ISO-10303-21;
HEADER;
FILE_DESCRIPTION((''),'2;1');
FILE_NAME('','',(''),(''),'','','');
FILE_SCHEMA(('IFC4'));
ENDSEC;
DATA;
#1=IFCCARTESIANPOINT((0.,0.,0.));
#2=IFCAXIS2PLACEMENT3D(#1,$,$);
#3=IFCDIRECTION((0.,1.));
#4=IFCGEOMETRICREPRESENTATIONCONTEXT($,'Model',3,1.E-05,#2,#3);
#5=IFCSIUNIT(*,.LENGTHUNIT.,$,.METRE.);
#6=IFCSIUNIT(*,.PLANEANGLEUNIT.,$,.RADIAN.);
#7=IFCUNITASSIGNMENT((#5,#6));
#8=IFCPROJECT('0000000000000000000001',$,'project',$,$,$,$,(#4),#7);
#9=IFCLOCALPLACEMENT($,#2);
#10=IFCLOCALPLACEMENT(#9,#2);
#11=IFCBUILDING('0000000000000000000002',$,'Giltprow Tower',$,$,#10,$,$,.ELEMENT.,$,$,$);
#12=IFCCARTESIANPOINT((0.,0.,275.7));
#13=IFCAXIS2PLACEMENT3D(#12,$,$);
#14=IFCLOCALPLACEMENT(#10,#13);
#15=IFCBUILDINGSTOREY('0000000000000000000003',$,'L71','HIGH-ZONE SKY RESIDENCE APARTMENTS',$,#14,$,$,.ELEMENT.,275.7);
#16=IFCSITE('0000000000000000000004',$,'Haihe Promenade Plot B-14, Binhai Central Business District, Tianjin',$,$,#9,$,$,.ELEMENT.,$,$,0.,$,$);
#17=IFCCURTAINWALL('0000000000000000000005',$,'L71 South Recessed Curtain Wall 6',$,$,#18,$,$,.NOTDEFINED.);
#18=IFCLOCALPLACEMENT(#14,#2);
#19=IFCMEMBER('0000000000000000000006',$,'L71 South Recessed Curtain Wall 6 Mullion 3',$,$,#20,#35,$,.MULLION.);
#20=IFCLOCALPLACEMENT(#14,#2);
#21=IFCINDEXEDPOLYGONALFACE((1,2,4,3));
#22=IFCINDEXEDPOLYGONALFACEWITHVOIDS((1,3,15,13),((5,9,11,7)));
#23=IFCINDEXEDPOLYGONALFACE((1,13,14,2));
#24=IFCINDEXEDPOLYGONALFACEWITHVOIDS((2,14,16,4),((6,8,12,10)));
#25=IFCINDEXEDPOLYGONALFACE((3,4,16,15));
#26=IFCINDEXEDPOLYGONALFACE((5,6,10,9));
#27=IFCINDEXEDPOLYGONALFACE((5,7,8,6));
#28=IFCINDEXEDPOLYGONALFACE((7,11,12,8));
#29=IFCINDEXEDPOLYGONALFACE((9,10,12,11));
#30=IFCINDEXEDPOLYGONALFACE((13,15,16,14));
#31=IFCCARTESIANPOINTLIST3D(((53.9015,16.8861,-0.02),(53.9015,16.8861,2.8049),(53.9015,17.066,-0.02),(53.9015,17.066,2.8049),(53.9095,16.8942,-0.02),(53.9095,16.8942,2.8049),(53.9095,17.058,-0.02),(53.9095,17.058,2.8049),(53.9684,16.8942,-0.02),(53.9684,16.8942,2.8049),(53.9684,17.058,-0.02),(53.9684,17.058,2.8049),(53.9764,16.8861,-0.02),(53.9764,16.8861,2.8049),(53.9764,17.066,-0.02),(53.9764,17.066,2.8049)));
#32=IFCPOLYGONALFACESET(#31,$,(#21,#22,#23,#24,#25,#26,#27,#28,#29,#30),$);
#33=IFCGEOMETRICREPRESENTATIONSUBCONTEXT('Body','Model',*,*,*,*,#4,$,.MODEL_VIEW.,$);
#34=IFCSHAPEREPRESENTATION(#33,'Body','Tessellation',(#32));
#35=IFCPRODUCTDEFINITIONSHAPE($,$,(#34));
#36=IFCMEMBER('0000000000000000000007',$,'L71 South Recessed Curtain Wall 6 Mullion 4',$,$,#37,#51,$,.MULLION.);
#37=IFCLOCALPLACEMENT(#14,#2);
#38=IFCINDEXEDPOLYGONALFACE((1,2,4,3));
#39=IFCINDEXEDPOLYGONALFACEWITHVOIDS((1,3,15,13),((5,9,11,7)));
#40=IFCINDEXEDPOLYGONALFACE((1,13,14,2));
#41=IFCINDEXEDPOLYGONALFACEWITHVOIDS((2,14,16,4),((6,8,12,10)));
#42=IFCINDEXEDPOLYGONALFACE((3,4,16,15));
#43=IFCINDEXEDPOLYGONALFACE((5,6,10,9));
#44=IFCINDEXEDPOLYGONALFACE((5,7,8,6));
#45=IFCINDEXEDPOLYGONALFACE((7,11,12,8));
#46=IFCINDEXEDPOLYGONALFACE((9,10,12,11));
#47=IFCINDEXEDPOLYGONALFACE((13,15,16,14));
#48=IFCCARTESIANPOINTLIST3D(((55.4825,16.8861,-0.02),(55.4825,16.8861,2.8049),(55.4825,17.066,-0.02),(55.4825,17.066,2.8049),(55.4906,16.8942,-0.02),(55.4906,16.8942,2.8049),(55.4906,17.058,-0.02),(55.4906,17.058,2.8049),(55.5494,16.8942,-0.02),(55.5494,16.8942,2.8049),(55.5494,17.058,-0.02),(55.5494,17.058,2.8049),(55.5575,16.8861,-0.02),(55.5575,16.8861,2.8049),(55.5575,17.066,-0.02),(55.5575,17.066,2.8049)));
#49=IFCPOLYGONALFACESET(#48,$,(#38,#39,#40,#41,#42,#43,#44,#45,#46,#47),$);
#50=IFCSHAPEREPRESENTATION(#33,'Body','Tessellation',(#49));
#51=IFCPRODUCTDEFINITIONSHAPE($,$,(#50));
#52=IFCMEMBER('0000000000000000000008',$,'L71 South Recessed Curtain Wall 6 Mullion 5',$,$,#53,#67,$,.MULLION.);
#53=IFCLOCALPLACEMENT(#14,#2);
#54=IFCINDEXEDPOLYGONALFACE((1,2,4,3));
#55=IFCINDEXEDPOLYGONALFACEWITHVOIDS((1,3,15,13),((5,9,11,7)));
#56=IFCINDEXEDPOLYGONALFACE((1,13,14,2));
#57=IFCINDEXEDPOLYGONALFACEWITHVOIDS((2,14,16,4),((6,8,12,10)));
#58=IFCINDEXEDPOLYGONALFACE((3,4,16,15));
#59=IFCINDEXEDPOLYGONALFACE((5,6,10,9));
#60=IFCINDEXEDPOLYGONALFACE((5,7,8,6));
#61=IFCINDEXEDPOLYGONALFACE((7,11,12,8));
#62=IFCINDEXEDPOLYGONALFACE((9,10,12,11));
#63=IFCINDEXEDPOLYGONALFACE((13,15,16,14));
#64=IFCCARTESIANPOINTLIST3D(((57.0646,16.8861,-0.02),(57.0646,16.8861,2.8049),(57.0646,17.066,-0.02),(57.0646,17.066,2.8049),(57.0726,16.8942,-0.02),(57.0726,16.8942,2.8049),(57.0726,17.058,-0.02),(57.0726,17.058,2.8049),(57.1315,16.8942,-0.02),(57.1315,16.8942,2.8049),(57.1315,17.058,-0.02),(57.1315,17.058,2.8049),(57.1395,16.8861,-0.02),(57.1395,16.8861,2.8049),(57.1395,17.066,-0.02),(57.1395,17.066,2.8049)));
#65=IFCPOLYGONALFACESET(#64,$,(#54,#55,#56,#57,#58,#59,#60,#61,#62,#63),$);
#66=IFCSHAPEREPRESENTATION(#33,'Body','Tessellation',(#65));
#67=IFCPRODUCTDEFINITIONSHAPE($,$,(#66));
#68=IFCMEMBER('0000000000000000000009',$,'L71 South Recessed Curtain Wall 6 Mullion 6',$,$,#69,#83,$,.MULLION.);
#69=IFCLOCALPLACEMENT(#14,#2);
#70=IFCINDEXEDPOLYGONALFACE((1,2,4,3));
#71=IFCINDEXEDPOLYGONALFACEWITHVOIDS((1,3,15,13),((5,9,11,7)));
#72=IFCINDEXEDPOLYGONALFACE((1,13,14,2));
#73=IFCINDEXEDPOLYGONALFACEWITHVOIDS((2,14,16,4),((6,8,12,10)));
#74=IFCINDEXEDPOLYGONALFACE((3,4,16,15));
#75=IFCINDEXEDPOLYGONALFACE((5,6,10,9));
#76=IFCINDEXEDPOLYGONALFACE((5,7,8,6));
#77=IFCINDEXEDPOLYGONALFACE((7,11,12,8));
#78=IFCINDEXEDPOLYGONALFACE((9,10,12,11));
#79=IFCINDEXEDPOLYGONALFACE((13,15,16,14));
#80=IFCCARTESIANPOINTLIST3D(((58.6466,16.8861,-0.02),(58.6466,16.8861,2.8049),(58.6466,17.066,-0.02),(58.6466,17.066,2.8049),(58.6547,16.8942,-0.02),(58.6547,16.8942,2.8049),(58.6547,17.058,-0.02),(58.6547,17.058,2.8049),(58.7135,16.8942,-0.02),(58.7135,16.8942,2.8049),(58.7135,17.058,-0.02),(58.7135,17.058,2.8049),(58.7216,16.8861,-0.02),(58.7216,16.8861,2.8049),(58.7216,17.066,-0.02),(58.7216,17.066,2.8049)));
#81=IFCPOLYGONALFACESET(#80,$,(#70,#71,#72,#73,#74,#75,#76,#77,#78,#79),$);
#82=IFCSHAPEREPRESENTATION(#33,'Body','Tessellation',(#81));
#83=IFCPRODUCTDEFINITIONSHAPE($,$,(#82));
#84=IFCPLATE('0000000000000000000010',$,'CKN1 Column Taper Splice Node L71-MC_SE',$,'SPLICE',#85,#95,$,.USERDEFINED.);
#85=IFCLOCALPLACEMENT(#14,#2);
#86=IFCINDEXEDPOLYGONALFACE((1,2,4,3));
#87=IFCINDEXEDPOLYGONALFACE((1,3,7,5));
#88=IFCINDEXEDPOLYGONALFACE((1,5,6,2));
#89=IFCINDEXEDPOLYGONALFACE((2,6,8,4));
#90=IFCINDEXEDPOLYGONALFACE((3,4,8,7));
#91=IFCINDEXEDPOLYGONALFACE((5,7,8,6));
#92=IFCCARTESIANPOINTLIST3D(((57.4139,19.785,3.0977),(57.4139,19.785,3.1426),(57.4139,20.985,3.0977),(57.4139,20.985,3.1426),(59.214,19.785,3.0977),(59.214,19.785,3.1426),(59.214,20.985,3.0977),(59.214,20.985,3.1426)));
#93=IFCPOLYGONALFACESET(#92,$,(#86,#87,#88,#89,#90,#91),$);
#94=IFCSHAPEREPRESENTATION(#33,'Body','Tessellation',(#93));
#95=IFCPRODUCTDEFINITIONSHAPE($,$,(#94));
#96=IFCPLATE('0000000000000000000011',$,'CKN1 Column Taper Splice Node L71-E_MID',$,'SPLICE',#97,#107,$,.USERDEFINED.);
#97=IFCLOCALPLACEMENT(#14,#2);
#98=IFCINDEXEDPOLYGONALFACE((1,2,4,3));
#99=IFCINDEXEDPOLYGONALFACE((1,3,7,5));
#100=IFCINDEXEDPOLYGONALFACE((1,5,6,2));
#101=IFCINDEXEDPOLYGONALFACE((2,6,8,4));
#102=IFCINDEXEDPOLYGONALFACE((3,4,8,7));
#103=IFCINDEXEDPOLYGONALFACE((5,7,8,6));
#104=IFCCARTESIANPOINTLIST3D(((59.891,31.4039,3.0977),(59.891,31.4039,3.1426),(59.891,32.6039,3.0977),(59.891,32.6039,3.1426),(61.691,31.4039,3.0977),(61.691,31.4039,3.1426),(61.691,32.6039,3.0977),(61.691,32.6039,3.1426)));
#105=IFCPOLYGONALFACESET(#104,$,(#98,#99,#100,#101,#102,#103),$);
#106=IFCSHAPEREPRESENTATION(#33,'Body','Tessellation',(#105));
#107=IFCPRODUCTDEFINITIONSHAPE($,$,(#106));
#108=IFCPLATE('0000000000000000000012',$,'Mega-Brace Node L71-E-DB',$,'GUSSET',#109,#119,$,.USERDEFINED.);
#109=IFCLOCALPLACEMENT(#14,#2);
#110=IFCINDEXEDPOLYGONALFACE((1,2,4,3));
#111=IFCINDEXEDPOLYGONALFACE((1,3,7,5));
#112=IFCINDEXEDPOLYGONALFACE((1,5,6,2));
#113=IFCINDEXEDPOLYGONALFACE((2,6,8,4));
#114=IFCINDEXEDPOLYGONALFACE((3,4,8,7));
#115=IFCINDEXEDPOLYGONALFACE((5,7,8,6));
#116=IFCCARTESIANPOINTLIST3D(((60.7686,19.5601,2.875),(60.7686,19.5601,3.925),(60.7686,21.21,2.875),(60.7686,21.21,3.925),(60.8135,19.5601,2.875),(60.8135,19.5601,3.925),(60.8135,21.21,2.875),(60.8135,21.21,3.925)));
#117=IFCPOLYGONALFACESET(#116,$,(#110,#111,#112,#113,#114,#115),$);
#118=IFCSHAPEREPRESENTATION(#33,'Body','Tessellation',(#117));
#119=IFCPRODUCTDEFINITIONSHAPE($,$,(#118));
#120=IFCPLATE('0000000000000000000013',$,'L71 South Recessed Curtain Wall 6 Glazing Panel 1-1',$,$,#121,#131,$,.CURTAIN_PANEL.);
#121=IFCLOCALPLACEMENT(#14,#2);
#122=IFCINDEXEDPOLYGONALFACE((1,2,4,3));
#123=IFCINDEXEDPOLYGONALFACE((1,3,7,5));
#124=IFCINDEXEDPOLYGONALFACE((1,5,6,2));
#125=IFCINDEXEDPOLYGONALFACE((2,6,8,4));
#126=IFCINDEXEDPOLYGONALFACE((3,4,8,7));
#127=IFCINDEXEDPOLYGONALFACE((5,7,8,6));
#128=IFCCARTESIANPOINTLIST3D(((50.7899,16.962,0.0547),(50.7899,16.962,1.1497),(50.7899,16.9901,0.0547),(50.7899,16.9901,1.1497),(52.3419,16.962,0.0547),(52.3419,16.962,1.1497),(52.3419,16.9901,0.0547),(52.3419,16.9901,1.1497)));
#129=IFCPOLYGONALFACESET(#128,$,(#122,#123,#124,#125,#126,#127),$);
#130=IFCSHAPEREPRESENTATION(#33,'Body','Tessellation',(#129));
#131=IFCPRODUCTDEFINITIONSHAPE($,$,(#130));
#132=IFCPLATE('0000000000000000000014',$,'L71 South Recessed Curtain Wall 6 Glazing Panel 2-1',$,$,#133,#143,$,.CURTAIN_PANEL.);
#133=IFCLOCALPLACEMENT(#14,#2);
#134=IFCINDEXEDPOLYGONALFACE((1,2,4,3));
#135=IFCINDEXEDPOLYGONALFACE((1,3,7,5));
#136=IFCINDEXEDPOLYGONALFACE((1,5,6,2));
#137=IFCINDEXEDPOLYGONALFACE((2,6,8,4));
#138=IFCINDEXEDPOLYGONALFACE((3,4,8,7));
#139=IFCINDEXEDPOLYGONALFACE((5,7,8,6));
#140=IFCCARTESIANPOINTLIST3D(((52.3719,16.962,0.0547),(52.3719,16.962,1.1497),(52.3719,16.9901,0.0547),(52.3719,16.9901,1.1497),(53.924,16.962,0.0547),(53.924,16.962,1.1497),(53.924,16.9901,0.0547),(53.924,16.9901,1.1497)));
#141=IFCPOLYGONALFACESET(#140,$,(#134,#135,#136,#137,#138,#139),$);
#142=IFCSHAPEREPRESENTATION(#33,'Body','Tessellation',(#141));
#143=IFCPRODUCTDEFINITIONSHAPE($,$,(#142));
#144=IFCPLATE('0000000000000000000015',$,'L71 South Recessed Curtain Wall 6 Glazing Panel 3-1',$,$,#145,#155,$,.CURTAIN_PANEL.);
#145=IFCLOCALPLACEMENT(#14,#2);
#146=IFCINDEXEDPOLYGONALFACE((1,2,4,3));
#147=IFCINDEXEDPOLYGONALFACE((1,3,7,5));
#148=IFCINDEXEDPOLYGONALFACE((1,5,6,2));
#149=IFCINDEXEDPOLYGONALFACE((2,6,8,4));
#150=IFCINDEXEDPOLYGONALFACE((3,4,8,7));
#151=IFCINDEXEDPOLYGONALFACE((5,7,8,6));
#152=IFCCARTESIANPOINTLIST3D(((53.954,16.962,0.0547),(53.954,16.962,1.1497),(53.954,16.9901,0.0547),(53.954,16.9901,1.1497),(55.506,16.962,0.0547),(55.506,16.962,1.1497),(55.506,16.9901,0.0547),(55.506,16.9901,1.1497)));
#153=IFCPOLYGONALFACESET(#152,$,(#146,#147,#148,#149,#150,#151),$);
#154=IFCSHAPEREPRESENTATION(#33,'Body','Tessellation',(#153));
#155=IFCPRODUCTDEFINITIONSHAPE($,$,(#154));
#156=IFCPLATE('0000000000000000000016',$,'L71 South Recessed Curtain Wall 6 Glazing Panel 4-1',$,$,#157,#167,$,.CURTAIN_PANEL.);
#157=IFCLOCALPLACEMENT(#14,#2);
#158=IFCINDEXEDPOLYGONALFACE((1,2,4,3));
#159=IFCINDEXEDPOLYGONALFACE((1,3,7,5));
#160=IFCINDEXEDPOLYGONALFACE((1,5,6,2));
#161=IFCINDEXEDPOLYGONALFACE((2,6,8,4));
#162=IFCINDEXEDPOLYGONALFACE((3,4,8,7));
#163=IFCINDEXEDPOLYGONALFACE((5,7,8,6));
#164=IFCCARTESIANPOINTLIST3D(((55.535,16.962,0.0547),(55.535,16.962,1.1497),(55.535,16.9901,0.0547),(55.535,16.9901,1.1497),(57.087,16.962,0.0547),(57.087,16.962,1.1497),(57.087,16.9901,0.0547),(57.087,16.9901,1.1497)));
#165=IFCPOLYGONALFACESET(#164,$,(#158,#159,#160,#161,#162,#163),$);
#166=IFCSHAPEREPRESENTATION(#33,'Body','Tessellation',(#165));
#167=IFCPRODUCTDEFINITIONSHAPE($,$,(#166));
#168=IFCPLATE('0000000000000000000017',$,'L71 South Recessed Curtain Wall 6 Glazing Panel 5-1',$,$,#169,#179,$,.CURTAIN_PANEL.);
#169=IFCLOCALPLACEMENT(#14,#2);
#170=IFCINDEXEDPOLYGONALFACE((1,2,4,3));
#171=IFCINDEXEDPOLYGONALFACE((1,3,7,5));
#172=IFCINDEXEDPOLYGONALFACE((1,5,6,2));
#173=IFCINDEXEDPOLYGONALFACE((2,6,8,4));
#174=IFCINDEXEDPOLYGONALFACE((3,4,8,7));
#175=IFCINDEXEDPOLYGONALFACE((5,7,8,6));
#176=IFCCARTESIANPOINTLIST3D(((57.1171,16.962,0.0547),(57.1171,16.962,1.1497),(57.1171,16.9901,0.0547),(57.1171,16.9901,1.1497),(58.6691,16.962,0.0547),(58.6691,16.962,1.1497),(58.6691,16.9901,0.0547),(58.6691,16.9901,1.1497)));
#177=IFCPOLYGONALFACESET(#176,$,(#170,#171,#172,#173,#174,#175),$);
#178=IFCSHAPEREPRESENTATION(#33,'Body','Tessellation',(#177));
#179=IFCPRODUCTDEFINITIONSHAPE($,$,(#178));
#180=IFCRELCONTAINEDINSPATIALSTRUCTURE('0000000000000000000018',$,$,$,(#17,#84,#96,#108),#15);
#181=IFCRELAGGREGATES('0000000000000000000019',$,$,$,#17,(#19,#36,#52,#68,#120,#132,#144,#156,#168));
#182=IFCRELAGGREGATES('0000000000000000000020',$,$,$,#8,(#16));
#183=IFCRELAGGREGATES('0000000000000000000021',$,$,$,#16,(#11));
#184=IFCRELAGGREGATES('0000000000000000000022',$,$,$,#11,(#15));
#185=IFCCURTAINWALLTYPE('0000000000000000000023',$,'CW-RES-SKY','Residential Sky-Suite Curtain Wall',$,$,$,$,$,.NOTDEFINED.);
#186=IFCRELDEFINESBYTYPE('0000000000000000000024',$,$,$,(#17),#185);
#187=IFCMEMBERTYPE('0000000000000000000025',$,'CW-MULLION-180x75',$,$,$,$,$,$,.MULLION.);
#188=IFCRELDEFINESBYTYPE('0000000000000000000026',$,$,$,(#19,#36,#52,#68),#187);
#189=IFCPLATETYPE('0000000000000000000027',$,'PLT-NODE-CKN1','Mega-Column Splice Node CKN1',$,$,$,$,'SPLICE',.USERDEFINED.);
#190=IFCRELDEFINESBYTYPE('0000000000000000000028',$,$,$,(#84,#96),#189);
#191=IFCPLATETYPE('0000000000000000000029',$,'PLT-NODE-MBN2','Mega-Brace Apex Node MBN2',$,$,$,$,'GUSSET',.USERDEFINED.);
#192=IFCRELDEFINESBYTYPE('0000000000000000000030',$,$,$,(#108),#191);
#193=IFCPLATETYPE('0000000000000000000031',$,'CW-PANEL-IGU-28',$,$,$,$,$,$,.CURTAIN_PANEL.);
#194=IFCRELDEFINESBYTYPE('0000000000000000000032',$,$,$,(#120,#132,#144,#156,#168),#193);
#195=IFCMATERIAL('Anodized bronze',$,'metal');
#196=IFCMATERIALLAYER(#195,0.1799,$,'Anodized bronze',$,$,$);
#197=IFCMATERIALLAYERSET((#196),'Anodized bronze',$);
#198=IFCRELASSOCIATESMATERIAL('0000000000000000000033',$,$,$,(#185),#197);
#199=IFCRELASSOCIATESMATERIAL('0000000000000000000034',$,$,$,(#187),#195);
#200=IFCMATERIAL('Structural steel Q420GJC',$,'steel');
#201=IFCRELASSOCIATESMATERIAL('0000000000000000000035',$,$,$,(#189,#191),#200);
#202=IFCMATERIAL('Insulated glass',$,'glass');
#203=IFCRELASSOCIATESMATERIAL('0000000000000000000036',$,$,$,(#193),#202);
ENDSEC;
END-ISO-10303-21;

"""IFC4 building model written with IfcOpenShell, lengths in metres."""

from ifc_helpers import new_model, si_unit, direction, frame, origin, origin_2d, place, context, subcontext, project, spatial, rectangle, hollow_rectangle, extrude, source, transform, mapped, material, layer, layer_set, material_profile, profile_set, type_object, element, aggregate, save


model = new_model("IFC4")

# Units and contexts
model_context = context("Model", 3, precision=1e-05, world=origin(), true_north=direction((0.0, 1.0)))
body_context = subcontext(model_context, "Body", "Model", "MODEL_VIEW")
ifc_project = project(units=[si_unit("LENGTHUNIT", "METRE"), si_unit("PLANEANGLEUNIT", "RADIAN")], contexts=[model_context])

# Site, building, storey
site_placement = place(None, origin())
site = spatial("IfcSite", under=ifc_project, at=site_placement, Name="Haihe Promenade Plot B-14, Binhai Central Business District, Tianjin", CompositionType="ELEMENT", RefElevation=0.0)
building_placement = place(site_placement, origin())
building = spatial("IfcBuilding", under=site, at=building_placement, Name="Giltprow Tower", CompositionType="ELEMENT")
storey_placement = place(building_placement, frame((0.0, 0.0, 275.7)))
storey = spatial("IfcBuildingStorey", under=building, at=storey_placement, Name="L71", Description="HIGH-ZONE SKY RESIDENCE APARTMENTS", CompositionType="ELEMENT", Elevation=275.7)

# Shared definitions
ifc_material_1 = material(Name="Structural steel Q420GJC", Category="steel")

# Curtain wall, members
ifc_material_2 = material(Name="Anodized bronze", Category="metal")
ifc_layer_1 = layer(ifc_material_2, 0.1799, Name="Anodized bronze")
ifc_layer_set_1 = layer_set([ifc_layer_1], Name="Anodized bronze")
curtain_wall_type = type_object("IfcCurtainWallType", Name="CW-RES-SKY", Description="Residential Sky-Suite Curtain Wall", PredefinedType="NOTDEFINED", material=ifc_layer_set_1)
curtain_wall_placement = place(storey_placement, origin())
curtain_wall = element("IfcCurtainWall", 1, at=curtain_wall_placement, inside=storey, type_object=curtain_wall_type, Name="L71 South Recessed Curtain Wall 6", PredefinedType="NOTDEFINED")
ifc_material_profile_1 = material_profile(ifc_material_2, hollow_rectangle(XDim=0.075, YDim=0.1799, WallThickness=0.0081, at=origin_2d()), Name="RHS 180x75x8")
ifc_profile_set_1 = profile_set([ifc_material_profile_1], Name="Anodized bronze")
member_type_1 = type_object("IfcMemberType", Name="CW-MULLION-180x75", PredefinedType="MULLION", material=ifc_profile_set_1)
shared_shape_1 = source(origin(), body_context, "Body", "SweptSolid", [
    extrude(hollow_rectangle(XDim=0.075, YDim=0.1799, WallThickness=0.0081, at=origin_2d()), origin(), (0.0, 0.0, 1.0), 2.825),
])
member_1_placement = place(storey_placement, frame((53.939, 16.9761, -0.02), z_axis=(0.0, 0.0, 1.0), x_axis=(1.0, 0.0, 0.0)))
member_1 = element("IfcMember", 2, at=member_1_placement, type_object=member_type_1, Name="L71 South Recessed Curtain Wall 6 Mullion 3", PredefinedType="MULLION", context=body_context, shape_type="MappedRepresentation", body=[
    mapped(shared_shape_1, transform((0.0, 0.0, 0.0), x_axis=(1.0, 0.0, 0.0), y_axis=(0.0, 1.0, 0.0), z_axis=(0.0, 0.0, 1.0), scale=1.0)),
])
member_2_placement = place(storey_placement, frame((55.52, 16.9761, -0.02), z_axis=(0.0, 0.0, 1.0), x_axis=(1.0, 0.0, 0.0)))
member_2 = element("IfcMember", 3, at=member_2_placement, type_object=member_type_1, Name="L71 South Recessed Curtain Wall 6 Mullion 4", PredefinedType="MULLION", context=body_context, shape_type="MappedRepresentation", body=[
    mapped(shared_shape_1, transform((0.0, 0.0, 0.0), x_axis=(1.0, 0.0, 0.0), y_axis=(0.0, 1.0, 0.0), z_axis=(0.0, 0.0, 1.0), scale=1.0)),
])
member_3_placement = place(storey_placement, frame((57.1021, 16.9761, -0.02), z_axis=(0.0, 0.0, 1.0), x_axis=(1.0, 0.0, 0.0)))
member_3 = element("IfcMember", 4, at=member_3_placement, type_object=member_type_1, Name="L71 South Recessed Curtain Wall 6 Mullion 5", PredefinedType="MULLION", context=body_context, shape_type="MappedRepresentation", body=[
    mapped(shared_shape_1, transform((0.0, 0.0, 0.0), x_axis=(1.0, 0.0, 0.0), y_axis=(0.0, 1.0, 0.0), z_axis=(0.0, 0.0, 1.0), scale=1.0)),
])
member_4_placement = place(storey_placement, frame((58.6841, 16.9761, -0.02), z_axis=(0.0, 0.0, 1.0), x_axis=(1.0, 0.0, 0.0)))
member_4 = element("IfcMember", 5, at=member_4_placement, type_object=member_type_1, Name="L71 South Recessed Curtain Wall 6 Mullion 6", PredefinedType="MULLION", context=body_context, shape_type="MappedRepresentation", body=[
    mapped(shared_shape_1, transform((0.0, 0.0, 0.0), x_axis=(1.0, 0.0, 0.0), y_axis=(0.0, 1.0, 0.0), z_axis=(0.0, 0.0, 1.0), scale=1.0)),
])

# Plates
plate_type_1 = type_object("IfcPlateType", Name="PLT-NODE-CKN1", Description="Mega-Column Splice Node CKN1", ElementType="SPLICE", PredefinedType="USERDEFINED", material=ifc_material_1)
shared_shape_2 = source(origin(), body_context, "Body", "SweptSolid", [
    extrude(rectangle(XDim=1.8, YDim=1.2, at=origin_2d()), origin(), (0.0, 0.0, 1.0), 0.0449),
])
for number, where, z_axis, x_axis, name in (
    (6, (58.314, 20.385, 3.0977), (0.0, 0.0, 1.0), (1.0, 0.0, 0.0), "CKN1 Column Taper Splice Node L71-MC_SE"),
    (7, (60.791, 32.0039, 3.0977), (0.0, 0.0, 1.0), (1.0, 0.0, 0.0), "CKN1 Column Taper Splice Node L71-E_MID"),
):
    element("IfcPlate", number, at=place(storey_placement, frame(where, z_axis=z_axis, x_axis=x_axis)), inside=storey, type_object=plate_type_1, Name=name, ObjectType="SPLICE", PredefinedType="USERDEFINED", context=body_context, shape_type="MappedRepresentation", body=[
        mapped(shared_shape_2, transform((0.0, 0.0, 0.0), x_axis=(1.0, 0.0, 0.0), y_axis=(0.0, 1.0, 0.0), z_axis=(0.0, 0.0, 1.0), scale=1.0)),
    ])
plate_type_2 = type_object("IfcPlateType", Name="PLT-NODE-MBN2", Description="Mega-Brace Apex Node MBN2", ElementType="GUSSET", PredefinedType="USERDEFINED", material=ifc_material_1)
shared_shape_3 = source(origin(), body_context, "Body", "SweptSolid", [
    extrude(rectangle(XDim=1.6499, YDim=0.0449, at=origin_2d()), origin(), (0.0, 0.0, 1.0), 1.05),
])
plate_1_placement = place(storey_placement, frame((60.791, 20.385, 2.875), z_axis=(0.0, 0.0, 1.0), x_axis=(0.0, 1.0, 0.0)))
element("IfcPlate", 8, at=plate_1_placement, inside=storey, type_object=plate_type_2, Name="Mega-Brace Node L71-E-DB", ObjectType="GUSSET", PredefinedType="USERDEFINED", context=body_context, shape_type="MappedRepresentation", body=[
    mapped(shared_shape_3, transform((0.0, 0.0, 0.0), x_axis=(1.0, 0.0, 0.0), y_axis=(0.0, 1.0, 0.0), z_axis=(0.0, 0.0, 1.0), scale=1.0)),
])

# Plates
ifc_material_3 = material(Name="Insulated glass", Category="glass")
plate_type_3 = type_object("IfcPlateType", Name="CW-PANEL-IGU-28", PredefinedType="CURTAIN_PANEL", material=ifc_material_3)
shared_shape_4 = source(origin(), body_context, "Body", "SweptSolid", [
    extrude(rectangle(XDim=1.552, YDim=0.0281, at=origin_2d()), origin(), (0.0, 0.0, 1.0), 1.095),
])
plate_2_placement = place(storey_placement, frame((51.5659, 16.9761, 0.0547), z_axis=(0.0, 0.0, 1.0), x_axis=(1.0, 0.0, 0.0)))
plate_2 = element("IfcPlate", 9, at=plate_2_placement, type_object=plate_type_3, Name="L71 South Recessed Curtain Wall 6 Glazing Panel 1-1", PredefinedType="CURTAIN_PANEL", context=body_context, shape_type="MappedRepresentation", body=[
    mapped(shared_shape_4, transform((0.0, 0.0, 0.0), x_axis=(1.0, 0.0, 0.0), y_axis=(0.0, 1.0, 0.0), z_axis=(0.0, 0.0, 1.0), scale=1.0)),
])
plate_3_placement = place(storey_placement, frame((53.1479, 16.9761, 0.0547), z_axis=(0.0, 0.0, 1.0), x_axis=(1.0, 0.0, 0.0)))
plate_3 = element("IfcPlate", 10, at=plate_3_placement, type_object=plate_type_3, Name="L71 South Recessed Curtain Wall 6 Glazing Panel 2-1", PredefinedType="CURTAIN_PANEL", context=body_context, shape_type="MappedRepresentation", body=[
    mapped(shared_shape_4, transform((0.0, 0.0, 0.0), x_axis=(1.0, 0.0, 0.0), y_axis=(0.0, 1.0, 0.0), z_axis=(0.0, 0.0, 1.0), scale=1.0)),
])
plate_4_placement = place(storey_placement, frame((54.73, 16.9761, 0.0547), z_axis=(0.0, 0.0, 1.0), x_axis=(1.0, 0.0, 0.0)))
plate_4 = element("IfcPlate", 11, at=plate_4_placement, type_object=plate_type_3, Name="L71 South Recessed Curtain Wall 6 Glazing Panel 3-1", PredefinedType="CURTAIN_PANEL", context=body_context, shape_type="MappedRepresentation", body=[
    mapped(shared_shape_4, transform((0.0, 0.0, 0.0), x_axis=(1.0, 0.0, 0.0), y_axis=(0.0, 1.0, 0.0), z_axis=(0.0, 0.0, 1.0), scale=1.0)),
])
plate_5_placement = place(storey_placement, frame((56.311, 16.9761, 0.0547), z_axis=(0.0, 0.0, 1.0), x_axis=(1.0, 0.0, 0.0)))
plate_5 = element("IfcPlate", 12, at=plate_5_placement, type_object=plate_type_3, Name="L71 South Recessed Curtain Wall 6 Glazing Panel 4-1", PredefinedType="CURTAIN_PANEL", context=body_context, shape_type="MappedRepresentation", body=[
    mapped(shared_shape_4, transform((0.0, 0.0, 0.0), x_axis=(1.0, 0.0, 0.0), y_axis=(0.0, 1.0, 0.0), z_axis=(0.0, 0.0, 1.0), scale=1.0)),
])
plate_6_placement = place(storey_placement, frame((57.8931, 16.9761, 0.0547), z_axis=(0.0, 0.0, 1.0), x_axis=(1.0, 0.0, 0.0)))
plate_6 = element("IfcPlate", 13, at=plate_6_placement, type_object=plate_type_3, Name="L71 South Recessed Curtain Wall 6 Glazing Panel 5-1", PredefinedType="CURTAIN_PANEL", context=body_context, shape_type="MappedRepresentation", body=[
    mapped(shared_shape_4, transform((0.0, 0.0, 0.0), x_axis=(1.0, 0.0, 0.0), y_axis=(0.0, 1.0, 0.0), z_axis=(0.0, 0.0, 1.0), scale=1.0)),
])
aggregate(curtain_wall, [member_1, member_2, member_3, member_4, plate_2, plate_3, plate_4, plate_5, plate_6])

save(model, "model.ifc")
